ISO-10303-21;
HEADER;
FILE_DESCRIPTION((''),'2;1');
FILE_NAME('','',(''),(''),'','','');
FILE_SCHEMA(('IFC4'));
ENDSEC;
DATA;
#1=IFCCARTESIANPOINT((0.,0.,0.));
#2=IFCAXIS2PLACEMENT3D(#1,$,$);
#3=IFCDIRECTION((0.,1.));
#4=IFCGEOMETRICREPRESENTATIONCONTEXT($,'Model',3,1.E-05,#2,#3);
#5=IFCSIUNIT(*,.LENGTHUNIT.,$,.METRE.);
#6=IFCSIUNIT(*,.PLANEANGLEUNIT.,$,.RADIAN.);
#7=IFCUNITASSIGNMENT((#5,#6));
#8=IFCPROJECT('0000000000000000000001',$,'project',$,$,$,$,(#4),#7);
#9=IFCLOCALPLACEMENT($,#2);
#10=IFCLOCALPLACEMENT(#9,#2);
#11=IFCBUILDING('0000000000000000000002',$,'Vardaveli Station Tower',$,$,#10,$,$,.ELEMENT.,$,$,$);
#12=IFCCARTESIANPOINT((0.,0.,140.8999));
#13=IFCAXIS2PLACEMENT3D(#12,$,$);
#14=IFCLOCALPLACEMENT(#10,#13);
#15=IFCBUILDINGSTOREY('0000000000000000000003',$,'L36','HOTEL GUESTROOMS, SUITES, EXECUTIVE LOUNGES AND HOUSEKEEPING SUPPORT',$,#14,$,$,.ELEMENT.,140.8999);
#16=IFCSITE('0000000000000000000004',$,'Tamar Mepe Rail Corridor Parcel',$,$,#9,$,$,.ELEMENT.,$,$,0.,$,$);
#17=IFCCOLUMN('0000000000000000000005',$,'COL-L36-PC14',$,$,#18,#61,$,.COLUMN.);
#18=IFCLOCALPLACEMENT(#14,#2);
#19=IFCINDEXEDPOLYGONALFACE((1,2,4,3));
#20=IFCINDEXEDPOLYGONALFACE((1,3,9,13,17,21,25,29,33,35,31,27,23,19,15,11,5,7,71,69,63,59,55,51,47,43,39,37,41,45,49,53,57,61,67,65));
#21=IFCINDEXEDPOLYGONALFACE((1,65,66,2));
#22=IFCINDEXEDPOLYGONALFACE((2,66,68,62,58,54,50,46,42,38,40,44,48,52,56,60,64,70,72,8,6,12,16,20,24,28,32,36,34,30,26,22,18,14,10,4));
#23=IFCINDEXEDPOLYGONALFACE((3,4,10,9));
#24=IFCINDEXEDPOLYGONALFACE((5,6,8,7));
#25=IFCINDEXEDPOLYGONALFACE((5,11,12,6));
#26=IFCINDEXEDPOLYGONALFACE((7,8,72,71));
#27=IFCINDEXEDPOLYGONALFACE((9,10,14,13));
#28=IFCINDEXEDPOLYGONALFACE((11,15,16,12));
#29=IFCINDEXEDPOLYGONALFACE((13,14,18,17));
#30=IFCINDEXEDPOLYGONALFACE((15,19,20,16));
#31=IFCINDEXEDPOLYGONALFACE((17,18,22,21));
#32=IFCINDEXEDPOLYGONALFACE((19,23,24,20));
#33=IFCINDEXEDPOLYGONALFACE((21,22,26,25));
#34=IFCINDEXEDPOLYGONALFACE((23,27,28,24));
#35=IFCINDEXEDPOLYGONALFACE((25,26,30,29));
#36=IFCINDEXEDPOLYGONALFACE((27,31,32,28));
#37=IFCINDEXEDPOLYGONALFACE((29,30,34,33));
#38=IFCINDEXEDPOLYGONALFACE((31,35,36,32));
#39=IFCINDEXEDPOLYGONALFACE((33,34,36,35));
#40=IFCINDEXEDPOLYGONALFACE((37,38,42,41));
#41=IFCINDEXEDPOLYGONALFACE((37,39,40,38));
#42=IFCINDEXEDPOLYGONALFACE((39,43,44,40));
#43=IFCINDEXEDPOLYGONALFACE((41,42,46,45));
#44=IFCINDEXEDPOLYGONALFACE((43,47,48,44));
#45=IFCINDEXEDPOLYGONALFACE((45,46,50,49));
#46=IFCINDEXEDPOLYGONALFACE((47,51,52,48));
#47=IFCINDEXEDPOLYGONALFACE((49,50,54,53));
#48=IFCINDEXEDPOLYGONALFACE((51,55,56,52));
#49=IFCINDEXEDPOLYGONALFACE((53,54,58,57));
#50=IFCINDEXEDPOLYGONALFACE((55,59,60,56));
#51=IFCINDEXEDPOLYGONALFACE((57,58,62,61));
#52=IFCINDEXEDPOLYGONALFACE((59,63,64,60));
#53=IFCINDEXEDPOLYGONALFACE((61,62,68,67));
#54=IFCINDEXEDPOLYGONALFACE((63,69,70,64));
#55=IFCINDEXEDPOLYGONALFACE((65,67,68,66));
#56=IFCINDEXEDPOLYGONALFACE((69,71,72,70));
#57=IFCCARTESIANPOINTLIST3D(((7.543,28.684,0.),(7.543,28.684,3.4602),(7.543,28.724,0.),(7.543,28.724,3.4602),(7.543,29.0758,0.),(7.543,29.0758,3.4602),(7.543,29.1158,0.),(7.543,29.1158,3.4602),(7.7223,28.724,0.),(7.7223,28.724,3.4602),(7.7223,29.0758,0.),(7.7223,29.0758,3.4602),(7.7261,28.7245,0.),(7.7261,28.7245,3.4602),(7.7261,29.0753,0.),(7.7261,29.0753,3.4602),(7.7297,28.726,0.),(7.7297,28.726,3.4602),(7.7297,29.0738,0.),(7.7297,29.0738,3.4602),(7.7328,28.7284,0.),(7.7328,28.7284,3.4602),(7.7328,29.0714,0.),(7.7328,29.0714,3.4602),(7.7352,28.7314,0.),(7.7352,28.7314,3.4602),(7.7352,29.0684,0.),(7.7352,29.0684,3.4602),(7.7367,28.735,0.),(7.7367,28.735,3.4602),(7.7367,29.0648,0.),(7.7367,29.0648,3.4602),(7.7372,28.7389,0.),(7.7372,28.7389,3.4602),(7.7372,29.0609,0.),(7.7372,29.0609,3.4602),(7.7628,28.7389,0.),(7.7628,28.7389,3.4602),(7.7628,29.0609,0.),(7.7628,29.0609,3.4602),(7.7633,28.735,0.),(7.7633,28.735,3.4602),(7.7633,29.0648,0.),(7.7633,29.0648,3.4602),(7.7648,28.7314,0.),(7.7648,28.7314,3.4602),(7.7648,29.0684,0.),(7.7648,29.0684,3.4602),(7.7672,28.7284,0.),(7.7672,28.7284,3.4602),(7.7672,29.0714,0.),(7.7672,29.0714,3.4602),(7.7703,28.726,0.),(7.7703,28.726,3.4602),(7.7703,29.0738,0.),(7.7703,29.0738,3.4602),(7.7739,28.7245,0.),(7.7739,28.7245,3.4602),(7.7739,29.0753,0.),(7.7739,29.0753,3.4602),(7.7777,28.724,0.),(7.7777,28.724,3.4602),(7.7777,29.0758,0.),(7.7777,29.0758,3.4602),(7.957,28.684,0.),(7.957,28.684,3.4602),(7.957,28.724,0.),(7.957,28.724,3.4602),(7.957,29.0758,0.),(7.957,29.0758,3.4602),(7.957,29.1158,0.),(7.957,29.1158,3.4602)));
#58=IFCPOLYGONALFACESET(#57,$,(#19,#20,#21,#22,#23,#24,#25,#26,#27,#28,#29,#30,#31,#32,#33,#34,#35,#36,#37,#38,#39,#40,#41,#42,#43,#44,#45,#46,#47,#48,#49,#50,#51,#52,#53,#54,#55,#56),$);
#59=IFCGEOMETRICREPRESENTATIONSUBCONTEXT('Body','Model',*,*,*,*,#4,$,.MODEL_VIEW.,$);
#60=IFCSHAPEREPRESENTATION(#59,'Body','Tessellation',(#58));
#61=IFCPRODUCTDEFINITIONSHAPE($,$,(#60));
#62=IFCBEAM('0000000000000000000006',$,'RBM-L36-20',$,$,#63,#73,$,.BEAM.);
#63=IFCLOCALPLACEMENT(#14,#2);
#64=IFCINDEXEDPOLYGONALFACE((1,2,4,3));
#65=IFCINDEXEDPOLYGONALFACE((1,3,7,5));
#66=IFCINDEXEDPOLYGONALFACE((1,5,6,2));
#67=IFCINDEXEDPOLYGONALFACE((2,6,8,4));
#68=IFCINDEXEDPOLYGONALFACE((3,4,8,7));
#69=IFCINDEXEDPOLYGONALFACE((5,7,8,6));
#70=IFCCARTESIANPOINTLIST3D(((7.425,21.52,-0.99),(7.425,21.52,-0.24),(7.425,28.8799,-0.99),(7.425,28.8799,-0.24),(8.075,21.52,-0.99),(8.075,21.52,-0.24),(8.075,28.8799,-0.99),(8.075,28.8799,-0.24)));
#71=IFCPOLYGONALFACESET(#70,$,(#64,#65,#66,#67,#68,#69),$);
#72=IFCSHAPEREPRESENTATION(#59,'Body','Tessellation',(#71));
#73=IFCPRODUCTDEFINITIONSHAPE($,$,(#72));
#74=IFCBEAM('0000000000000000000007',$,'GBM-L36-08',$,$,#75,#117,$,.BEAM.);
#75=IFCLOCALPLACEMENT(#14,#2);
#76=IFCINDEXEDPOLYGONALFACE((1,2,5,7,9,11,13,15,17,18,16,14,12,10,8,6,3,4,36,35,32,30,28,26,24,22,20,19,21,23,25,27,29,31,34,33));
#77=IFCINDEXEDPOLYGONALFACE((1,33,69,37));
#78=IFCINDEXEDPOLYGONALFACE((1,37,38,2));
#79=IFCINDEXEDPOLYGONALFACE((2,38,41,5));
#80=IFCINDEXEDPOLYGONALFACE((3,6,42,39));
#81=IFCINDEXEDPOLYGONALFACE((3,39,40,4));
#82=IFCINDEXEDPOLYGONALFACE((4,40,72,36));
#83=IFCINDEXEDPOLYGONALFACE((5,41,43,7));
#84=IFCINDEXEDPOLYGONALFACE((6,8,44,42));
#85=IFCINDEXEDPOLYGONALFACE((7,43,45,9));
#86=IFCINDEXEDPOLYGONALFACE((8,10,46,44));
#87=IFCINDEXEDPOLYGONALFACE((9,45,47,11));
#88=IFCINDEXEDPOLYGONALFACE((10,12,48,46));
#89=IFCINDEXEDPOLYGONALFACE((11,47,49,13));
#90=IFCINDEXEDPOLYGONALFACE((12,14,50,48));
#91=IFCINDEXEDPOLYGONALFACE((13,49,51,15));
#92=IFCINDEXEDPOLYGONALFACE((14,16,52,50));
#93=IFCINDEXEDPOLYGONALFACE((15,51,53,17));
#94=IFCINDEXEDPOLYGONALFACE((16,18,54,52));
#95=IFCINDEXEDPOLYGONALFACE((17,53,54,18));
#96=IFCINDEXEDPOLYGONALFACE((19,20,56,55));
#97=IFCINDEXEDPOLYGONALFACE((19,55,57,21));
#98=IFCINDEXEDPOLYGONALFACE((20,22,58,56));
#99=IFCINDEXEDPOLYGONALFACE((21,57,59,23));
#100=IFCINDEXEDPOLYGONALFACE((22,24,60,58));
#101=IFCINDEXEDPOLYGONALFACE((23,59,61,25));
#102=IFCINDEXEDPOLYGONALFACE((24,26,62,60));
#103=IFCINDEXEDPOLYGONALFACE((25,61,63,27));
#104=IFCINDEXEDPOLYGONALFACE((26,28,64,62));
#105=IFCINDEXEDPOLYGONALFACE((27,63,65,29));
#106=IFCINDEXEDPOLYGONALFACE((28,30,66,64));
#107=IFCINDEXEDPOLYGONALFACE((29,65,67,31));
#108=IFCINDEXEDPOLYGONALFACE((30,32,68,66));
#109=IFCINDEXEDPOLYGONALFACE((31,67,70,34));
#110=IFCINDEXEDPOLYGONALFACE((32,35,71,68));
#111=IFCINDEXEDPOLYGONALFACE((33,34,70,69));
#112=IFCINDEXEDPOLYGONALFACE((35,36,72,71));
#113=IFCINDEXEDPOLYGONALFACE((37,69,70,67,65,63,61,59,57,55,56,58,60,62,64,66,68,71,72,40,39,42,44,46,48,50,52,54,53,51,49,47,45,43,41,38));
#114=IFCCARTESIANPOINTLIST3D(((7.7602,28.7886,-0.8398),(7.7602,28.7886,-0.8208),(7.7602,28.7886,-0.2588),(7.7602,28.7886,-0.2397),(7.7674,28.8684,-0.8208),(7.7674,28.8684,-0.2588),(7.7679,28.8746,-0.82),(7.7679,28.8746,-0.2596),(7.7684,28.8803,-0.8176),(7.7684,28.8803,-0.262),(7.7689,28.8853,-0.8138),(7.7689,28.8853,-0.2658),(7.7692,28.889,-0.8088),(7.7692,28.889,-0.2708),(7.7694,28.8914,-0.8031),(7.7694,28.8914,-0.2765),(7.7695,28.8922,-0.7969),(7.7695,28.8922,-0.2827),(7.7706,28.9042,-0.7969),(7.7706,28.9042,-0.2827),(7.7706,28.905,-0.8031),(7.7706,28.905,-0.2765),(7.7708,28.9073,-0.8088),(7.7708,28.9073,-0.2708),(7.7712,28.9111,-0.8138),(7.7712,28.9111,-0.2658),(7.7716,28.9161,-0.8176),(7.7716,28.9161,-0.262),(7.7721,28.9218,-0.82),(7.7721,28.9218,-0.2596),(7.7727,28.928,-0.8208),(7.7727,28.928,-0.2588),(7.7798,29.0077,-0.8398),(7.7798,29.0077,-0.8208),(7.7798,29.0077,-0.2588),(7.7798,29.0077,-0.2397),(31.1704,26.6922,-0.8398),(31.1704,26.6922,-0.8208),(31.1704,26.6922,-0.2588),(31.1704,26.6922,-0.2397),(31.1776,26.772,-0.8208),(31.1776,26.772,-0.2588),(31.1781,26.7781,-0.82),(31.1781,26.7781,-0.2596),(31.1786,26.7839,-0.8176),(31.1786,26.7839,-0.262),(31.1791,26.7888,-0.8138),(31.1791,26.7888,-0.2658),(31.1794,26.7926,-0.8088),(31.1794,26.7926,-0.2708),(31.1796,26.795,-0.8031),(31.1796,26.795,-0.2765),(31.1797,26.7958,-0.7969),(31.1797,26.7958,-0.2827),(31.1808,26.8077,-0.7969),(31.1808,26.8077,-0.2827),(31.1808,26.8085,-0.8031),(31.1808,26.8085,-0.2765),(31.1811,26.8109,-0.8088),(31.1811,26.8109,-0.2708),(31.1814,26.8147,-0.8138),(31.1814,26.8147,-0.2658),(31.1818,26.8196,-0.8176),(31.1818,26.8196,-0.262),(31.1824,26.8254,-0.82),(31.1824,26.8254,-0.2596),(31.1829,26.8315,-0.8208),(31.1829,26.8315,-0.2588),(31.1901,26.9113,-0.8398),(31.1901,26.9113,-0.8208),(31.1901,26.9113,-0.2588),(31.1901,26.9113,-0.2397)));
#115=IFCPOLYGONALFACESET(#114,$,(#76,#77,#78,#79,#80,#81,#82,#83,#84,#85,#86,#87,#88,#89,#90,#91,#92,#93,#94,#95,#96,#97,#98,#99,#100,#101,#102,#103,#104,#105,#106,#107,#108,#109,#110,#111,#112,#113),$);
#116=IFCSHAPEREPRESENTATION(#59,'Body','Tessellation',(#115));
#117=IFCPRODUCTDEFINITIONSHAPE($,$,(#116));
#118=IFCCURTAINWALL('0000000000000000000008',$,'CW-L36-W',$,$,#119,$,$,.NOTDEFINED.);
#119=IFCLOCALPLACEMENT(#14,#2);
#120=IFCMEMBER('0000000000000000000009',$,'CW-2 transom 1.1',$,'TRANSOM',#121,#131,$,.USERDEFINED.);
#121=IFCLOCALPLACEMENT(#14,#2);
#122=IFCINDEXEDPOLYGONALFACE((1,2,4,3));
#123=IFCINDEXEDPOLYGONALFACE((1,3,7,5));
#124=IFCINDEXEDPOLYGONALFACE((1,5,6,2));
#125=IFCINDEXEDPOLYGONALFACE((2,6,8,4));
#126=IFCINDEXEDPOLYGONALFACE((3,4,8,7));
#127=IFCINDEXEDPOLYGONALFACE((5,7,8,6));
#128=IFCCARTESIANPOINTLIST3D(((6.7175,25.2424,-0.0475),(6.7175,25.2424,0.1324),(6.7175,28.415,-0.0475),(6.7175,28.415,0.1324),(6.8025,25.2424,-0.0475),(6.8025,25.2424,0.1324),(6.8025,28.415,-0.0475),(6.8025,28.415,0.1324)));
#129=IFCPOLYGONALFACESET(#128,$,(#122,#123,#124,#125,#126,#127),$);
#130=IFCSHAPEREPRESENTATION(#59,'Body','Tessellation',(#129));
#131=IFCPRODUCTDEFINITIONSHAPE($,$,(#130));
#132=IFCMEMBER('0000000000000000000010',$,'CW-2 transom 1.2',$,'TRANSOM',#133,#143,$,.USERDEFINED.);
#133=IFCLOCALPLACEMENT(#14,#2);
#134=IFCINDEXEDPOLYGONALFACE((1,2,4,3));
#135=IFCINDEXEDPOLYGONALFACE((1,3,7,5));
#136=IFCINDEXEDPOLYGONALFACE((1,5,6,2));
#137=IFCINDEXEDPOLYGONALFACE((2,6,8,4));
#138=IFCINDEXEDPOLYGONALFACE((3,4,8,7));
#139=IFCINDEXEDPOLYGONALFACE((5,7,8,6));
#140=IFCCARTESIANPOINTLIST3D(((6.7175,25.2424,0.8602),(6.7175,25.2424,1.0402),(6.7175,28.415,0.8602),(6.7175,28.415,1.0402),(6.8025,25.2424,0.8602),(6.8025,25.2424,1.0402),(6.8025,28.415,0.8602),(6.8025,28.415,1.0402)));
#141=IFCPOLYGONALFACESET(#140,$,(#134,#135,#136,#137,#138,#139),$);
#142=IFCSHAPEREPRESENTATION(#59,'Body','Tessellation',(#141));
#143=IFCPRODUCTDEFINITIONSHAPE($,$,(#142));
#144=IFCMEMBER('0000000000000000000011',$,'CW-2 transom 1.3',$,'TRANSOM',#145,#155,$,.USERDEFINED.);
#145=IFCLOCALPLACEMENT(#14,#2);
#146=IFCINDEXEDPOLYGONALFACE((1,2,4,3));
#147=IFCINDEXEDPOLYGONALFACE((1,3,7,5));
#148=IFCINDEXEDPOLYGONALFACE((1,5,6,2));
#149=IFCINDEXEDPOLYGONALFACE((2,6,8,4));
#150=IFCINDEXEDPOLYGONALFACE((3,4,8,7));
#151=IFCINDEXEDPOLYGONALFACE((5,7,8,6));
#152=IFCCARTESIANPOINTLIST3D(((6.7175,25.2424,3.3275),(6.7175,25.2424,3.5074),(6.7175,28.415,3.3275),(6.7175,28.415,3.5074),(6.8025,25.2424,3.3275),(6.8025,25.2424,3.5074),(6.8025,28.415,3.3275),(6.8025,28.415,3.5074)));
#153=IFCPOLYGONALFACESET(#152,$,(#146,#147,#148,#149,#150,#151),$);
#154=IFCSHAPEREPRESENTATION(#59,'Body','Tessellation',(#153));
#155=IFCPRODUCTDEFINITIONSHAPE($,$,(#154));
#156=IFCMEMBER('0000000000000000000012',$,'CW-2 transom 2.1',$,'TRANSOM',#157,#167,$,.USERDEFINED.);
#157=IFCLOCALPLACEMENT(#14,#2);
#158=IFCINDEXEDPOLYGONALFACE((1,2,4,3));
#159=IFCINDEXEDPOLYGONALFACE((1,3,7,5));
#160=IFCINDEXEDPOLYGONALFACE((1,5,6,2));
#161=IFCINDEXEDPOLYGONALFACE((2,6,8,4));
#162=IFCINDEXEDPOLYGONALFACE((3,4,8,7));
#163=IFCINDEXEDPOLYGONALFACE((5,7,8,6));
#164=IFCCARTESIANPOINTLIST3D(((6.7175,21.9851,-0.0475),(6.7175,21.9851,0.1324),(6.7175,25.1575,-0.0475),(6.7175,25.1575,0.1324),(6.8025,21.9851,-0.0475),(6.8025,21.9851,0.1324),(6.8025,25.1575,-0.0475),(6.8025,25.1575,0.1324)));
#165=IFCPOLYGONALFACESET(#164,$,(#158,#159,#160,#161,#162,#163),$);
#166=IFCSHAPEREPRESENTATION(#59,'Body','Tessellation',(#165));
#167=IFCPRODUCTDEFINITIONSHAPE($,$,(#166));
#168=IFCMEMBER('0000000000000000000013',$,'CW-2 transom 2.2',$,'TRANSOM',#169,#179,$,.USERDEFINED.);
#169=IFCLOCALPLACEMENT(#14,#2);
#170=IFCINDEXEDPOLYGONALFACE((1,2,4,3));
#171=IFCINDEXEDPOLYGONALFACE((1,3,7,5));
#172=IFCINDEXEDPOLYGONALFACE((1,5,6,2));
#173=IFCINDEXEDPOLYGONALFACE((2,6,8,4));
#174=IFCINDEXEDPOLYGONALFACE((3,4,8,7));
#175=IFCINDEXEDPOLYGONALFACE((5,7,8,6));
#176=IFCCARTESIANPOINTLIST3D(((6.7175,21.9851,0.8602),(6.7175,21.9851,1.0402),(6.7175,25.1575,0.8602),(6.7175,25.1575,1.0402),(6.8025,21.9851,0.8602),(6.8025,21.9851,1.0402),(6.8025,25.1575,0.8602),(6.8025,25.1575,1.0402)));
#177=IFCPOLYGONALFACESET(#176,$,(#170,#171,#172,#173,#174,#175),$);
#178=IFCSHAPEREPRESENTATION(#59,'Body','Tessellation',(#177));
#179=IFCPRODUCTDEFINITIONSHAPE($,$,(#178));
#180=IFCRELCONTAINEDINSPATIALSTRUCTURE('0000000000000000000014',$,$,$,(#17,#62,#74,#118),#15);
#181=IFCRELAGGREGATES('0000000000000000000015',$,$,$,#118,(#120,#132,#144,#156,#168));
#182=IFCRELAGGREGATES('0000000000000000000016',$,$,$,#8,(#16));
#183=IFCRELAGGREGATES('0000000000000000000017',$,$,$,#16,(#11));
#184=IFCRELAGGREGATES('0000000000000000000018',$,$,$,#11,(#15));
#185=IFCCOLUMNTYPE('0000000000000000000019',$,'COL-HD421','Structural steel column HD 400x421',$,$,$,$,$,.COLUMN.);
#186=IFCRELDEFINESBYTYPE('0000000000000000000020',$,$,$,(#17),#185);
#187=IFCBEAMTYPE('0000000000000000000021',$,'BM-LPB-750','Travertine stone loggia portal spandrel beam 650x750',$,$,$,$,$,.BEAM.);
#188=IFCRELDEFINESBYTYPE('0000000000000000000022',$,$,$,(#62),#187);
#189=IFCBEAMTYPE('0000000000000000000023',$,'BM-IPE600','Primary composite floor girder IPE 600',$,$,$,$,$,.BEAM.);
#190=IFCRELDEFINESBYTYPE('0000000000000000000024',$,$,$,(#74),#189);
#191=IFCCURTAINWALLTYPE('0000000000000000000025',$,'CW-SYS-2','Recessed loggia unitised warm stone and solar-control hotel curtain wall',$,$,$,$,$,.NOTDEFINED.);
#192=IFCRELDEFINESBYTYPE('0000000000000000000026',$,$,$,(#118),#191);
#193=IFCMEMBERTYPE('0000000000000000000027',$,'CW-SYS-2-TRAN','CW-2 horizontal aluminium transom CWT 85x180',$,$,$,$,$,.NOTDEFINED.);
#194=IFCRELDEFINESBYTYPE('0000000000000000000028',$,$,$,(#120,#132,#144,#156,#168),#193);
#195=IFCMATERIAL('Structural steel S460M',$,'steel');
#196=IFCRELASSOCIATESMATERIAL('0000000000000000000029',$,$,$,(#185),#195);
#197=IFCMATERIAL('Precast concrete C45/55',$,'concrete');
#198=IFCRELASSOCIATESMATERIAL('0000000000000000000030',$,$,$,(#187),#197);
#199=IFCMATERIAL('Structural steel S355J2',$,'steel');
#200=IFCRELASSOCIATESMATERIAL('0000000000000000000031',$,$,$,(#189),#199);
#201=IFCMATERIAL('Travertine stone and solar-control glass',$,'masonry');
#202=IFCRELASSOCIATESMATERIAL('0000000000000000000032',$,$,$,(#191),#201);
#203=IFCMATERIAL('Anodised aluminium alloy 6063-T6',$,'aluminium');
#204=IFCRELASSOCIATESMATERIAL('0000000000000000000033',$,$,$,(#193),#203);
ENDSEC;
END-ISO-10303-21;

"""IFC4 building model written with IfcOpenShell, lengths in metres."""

from ifc_helpers import new_model, si_unit, direction, frame, origin, origin_2d, place, context, subcontext, project, spatial, rectangle, i_section, extrude, source, transform, mapped, material, material_profile, profile_set, type_object, element, aggregate, save


model = new_model("IFC4")

# Units and contexts
model_context = context("Model", 3, precision=1e-05, world=origin(), true_north=direction((0.0, 1.0)))
body_context = subcontext(model_context, "Body", "Model", "MODEL_VIEW")
ifc_project = project(units=[si_unit("LENGTHUNIT", "METRE"), si_unit("PLANEANGLEUNIT", "RADIAN")], contexts=[model_context])

# Site, building, storey
site_placement = place(None, origin())
site = spatial("IfcSite", under=ifc_project, at=site_placement, Name="Tamar Mepe Rail Corridor Parcel", CompositionType="ELEMENT", RefElevation=0.0)
building_placement = place(site_placement, origin())
building = spatial("IfcBuilding", under=site, at=building_placement, Name="Vardaveli Station Tower", CompositionType="ELEMENT")
storey_placement = place(building_placement, frame((0.0, 0.0, 140.8999)))
storey = spatial("IfcBuildingStorey", under=building, at=storey_placement, Name="L36", Description="HOTEL GUESTROOMS, SUITES, EXECUTIVE LOUNGES AND HOUSEKEEPING SUPPORT", CompositionType="ELEMENT", Elevation=140.8999)

# Column
ifc_material_1 = material(Name="Structural steel S460M", Category="steel")
ifc_material_profile_1 = material_profile(ifc_material_1, i_section(OverallWidth=0.4141, OverallDepth=0.4319, WebThickness=0.0256, FlangeThickness=0.04, FilletRadius=0.0149, at=origin_2d()), Name="HD 400x421")
ifc_profile_set_1 = profile_set([ifc_material_profile_1], Name="Structural steel S460M")
column_type = type_object("IfcColumnType", Name="COL-HD421", Description="Structural steel column HD 400x421", PredefinedType="COLUMN", material=ifc_profile_set_1)
shared_shape_1 = source(origin(), body_context, "Body", "SweptSolid", [
    extrude(i_section(OverallWidth=0.4141, OverallDepth=0.4319, WebThickness=0.0256, FlangeThickness=0.04, FilletRadius=0.0149, at=origin_2d()), origin(), (0.0, 0.0, 1.0), 3.4602),
])
column_placement = place(storey_placement, frame((7.75, 28.8999, 0.0), z_axis=(0.0, 0.0, 1.0), x_axis=(1.0, 0.0, 0.0)))
element("IfcColumn", 1, at=column_placement, inside=storey, type_object=column_type, Name="COL-L36-PC14", PredefinedType="COLUMN", context=body_context, shape_type="MappedRepresentation", body=[
    mapped(shared_shape_1, transform((0.0, 0.0, 0.0), scale=1.0)),
])

# Beams
ifc_material_2 = material(Name="Precast concrete C45/55", Category="concrete")
ifc_material_profile_2 = material_profile(ifc_material_2, rectangle(XDim=0.6499, YDim=0.75, at=origin_2d()), Name="LPB 650x750")
ifc_profile_set_2 = profile_set([ifc_material_profile_2], Name="Precast concrete C45/55")
beam_type_1 = type_object("IfcBeamType", Name="BM-LPB-750", Description="Travertine stone loggia portal spandrel beam 650x750", PredefinedType="BEAM", material=ifc_profile_set_2)
shared_shape_2 = source(origin(), body_context, "Body", "SweptSolid", [
    extrude(rectangle(XDim=0.6499, YDim=0.75, at=origin_2d()), origin(), (0.0, 0.0, 1.0), 7.3599),
])
beam_1_placement = place(storey_placement, frame((7.75, 28.8799, -0.615), z_axis=(0.0, -1.0, 0.0), x_axis=(1.0, 0.0, 0.0)))
element("IfcBeam", 2, at=beam_1_placement, inside=storey, type_object=beam_type_1, Name="RBM-L36-20", PredefinedType="BEAM", context=body_context, shape_type="MappedRepresentation", body=[
    mapped(shared_shape_2, transform((0.0, 0.0, 0.0), scale=1.0)),
])
ifc_material_3 = material(Name="Structural steel S355J2", Category="steel")
ifc_material_profile_3 = material_profile(ifc_material_3, i_section(OverallWidth=0.22, OverallDepth=0.6001, WebThickness=0.012, FlangeThickness=0.019, FilletRadius=0.0239, at=origin_2d()), Name="IPE 600")
ifc_profile_set_3 = profile_set([ifc_material_profile_3], Name="Structural steel S355J2")
beam_type_2 = type_object("IfcBeamType", Name="BM-IPE600", Description="Primary composite floor girder IPE 600", PredefinedType="BEAM", material=ifc_profile_set_3)
shared_shape_3 = source(origin(), body_context, "Body", "SweptSolid", [
    extrude(i_section(OverallWidth=0.22, OverallDepth=0.6001, WebThickness=0.012, FlangeThickness=0.019, FilletRadius=0.0239, at=origin_2d()), origin(), (0.0, 0.0, 1.0), 23.5039),
])
beam_2_placement = place(storey_placement, frame((7.77, 28.8982, -0.5398), z_axis=(0.996014, -0.089195, 0.0), x_axis=(0.089195, 0.996014, 0.0)))
element("IfcBeam", 3, at=beam_2_placement, inside=storey, type_object=beam_type_2, Name="GBM-L36-08", PredefinedType="BEAM", context=body_context, shape_type="MappedRepresentation", body=[
    mapped(shared_shape_3, transform((0.0, 0.0, 0.0), scale=1.0)),
])

# Curtain wall, members
ifc_material_4 = material(Name="Travertine stone and solar-control glass", Category="masonry")
curtain_wall_type = type_object("IfcCurtainWallType", Name="CW-SYS-2", Description="Recessed loggia unitised warm stone and solar-control hotel curtain wall", PredefinedType="NOTDEFINED", material=ifc_material_4)
curtain_wall_placement = place(storey_placement, origin())
curtain_wall = element("IfcCurtainWall", 4, at=curtain_wall_placement, inside=storey, type_object=curtain_wall_type, Name="CW-L36-W", PredefinedType="NOTDEFINED")
ifc_material_5 = material(Name="Anodised aluminium alloy 6063-T6", Category="aluminium")
ifc_material_profile_4 = material_profile(ifc_material_5, rectangle(XDim=0.085, YDim=0.1799, at=origin_2d()), Name="CWT 85x180")
ifc_profile_set_4 = profile_set([ifc_material_profile_4], Name="Anodised aluminium alloy 6063-T6")
member_type_1 = type_object("IfcMemberType", Name="CW-SYS-2-TRAN", Description="CW-2 horizontal aluminium transom CWT 85x180", PredefinedType="NOTDEFINED", material=ifc_profile_set_4)
shared_shape_4 = source(origin(), body_context, "Body", "SweptSolid", [
    extrude(rectangle(XDim=0.085, YDim=0.1799, at=origin_2d()), origin(), (0.0, 0.0, 1.0), 3.1726),
])
member_1_placement = place(storey_placement, frame((6.76, 28.415, 0.0425), z_axis=(0.0, -1.0, 0.0), x_axis=(1.0, 0.0, 0.0)))
member_1 = element("IfcMember", 5, at=member_1_placement, type_object=member_type_1, Name="CW-2 transom 1.1", ObjectType="TRANSOM", PredefinedType="USERDEFINED", context=body_context, shape_type="MappedRepresentation", body=[
    mapped(shared_shape_4, transform((0.0, 0.0, 0.0), scale=1.0)),
])
member_2_placement = place(storey_placement, frame((6.76, 28.415, 0.9502), z_axis=(0.0, -1.0, 0.0), x_axis=(1.0, 0.0, 0.0)))
member_2 = element("IfcMember", 6, at=member_2_placement, type_object=member_type_1, Name="CW-2 transom 1.2", ObjectType="TRANSOM", PredefinedType="USERDEFINED", context=body_context, shape_type="MappedRepresentation", body=[
    mapped(shared_shape_4, transform((0.0, 0.0, 0.0), scale=1.0)),
])
member_3_placement = place(storey_placement, frame((6.76, 28.415, 3.4175), z_axis=(0.0, -1.0, 0.0), x_axis=(1.0, 0.0, 0.0)))
member_3 = element("IfcMember", 7, at=member_3_placement, type_object=member_type_1, Name="CW-2 transom 1.3", ObjectType="TRANSOM", PredefinedType="USERDEFINED", context=body_context, shape_type="MappedRepresentation", body=[
    mapped(shared_shape_4, transform((0.0, 0.0, 0.0), scale=1.0)),
])
shared_shape_5 = source(origin(), body_context, "Body", "SweptSolid", [
    extrude(rectangle(XDim=0.085, YDim=0.1799, at=origin_2d()), origin(), (0.0, 0.0, 1.0), 3.1724),
])
member_4_placement = place(storey_placement, frame((6.76, 25.1575, 0.0425), z_axis=(0.0, -1.0, 0.0), x_axis=(1.0, 0.0, 0.0)))
member_4 = element("IfcMember", 8, at=member_4_placement, type_object=member_type_1, Name="CW-2 transom 2.1", ObjectType="TRANSOM", PredefinedType="USERDEFINED", context=body_context, shape_type="MappedRepresentation", body=[
    mapped(shared_shape_5, transform((0.0, 0.0, 0.0), scale=1.0)),
])
member_5_placement = place(storey_placement, frame((6.76, 25.1575, 0.9502), z_axis=(0.0, -1.0, 0.0), x_axis=(1.0, 0.0, 0.0)))
member_5 = element("IfcMember", 9, at=member_5_placement, type_object=member_type_1, Name="CW-2 transom 2.2", ObjectType="TRANSOM", PredefinedType="USERDEFINED", context=body_context, shape_type="MappedRepresentation", body=[
    mapped(shared_shape_5, transform((0.0, 0.0, 0.0), scale=1.0)),
])
aggregate(curtain_wall, [member_1, member_2, member_3, member_4, member_5])

save(model, "model.ifc")
